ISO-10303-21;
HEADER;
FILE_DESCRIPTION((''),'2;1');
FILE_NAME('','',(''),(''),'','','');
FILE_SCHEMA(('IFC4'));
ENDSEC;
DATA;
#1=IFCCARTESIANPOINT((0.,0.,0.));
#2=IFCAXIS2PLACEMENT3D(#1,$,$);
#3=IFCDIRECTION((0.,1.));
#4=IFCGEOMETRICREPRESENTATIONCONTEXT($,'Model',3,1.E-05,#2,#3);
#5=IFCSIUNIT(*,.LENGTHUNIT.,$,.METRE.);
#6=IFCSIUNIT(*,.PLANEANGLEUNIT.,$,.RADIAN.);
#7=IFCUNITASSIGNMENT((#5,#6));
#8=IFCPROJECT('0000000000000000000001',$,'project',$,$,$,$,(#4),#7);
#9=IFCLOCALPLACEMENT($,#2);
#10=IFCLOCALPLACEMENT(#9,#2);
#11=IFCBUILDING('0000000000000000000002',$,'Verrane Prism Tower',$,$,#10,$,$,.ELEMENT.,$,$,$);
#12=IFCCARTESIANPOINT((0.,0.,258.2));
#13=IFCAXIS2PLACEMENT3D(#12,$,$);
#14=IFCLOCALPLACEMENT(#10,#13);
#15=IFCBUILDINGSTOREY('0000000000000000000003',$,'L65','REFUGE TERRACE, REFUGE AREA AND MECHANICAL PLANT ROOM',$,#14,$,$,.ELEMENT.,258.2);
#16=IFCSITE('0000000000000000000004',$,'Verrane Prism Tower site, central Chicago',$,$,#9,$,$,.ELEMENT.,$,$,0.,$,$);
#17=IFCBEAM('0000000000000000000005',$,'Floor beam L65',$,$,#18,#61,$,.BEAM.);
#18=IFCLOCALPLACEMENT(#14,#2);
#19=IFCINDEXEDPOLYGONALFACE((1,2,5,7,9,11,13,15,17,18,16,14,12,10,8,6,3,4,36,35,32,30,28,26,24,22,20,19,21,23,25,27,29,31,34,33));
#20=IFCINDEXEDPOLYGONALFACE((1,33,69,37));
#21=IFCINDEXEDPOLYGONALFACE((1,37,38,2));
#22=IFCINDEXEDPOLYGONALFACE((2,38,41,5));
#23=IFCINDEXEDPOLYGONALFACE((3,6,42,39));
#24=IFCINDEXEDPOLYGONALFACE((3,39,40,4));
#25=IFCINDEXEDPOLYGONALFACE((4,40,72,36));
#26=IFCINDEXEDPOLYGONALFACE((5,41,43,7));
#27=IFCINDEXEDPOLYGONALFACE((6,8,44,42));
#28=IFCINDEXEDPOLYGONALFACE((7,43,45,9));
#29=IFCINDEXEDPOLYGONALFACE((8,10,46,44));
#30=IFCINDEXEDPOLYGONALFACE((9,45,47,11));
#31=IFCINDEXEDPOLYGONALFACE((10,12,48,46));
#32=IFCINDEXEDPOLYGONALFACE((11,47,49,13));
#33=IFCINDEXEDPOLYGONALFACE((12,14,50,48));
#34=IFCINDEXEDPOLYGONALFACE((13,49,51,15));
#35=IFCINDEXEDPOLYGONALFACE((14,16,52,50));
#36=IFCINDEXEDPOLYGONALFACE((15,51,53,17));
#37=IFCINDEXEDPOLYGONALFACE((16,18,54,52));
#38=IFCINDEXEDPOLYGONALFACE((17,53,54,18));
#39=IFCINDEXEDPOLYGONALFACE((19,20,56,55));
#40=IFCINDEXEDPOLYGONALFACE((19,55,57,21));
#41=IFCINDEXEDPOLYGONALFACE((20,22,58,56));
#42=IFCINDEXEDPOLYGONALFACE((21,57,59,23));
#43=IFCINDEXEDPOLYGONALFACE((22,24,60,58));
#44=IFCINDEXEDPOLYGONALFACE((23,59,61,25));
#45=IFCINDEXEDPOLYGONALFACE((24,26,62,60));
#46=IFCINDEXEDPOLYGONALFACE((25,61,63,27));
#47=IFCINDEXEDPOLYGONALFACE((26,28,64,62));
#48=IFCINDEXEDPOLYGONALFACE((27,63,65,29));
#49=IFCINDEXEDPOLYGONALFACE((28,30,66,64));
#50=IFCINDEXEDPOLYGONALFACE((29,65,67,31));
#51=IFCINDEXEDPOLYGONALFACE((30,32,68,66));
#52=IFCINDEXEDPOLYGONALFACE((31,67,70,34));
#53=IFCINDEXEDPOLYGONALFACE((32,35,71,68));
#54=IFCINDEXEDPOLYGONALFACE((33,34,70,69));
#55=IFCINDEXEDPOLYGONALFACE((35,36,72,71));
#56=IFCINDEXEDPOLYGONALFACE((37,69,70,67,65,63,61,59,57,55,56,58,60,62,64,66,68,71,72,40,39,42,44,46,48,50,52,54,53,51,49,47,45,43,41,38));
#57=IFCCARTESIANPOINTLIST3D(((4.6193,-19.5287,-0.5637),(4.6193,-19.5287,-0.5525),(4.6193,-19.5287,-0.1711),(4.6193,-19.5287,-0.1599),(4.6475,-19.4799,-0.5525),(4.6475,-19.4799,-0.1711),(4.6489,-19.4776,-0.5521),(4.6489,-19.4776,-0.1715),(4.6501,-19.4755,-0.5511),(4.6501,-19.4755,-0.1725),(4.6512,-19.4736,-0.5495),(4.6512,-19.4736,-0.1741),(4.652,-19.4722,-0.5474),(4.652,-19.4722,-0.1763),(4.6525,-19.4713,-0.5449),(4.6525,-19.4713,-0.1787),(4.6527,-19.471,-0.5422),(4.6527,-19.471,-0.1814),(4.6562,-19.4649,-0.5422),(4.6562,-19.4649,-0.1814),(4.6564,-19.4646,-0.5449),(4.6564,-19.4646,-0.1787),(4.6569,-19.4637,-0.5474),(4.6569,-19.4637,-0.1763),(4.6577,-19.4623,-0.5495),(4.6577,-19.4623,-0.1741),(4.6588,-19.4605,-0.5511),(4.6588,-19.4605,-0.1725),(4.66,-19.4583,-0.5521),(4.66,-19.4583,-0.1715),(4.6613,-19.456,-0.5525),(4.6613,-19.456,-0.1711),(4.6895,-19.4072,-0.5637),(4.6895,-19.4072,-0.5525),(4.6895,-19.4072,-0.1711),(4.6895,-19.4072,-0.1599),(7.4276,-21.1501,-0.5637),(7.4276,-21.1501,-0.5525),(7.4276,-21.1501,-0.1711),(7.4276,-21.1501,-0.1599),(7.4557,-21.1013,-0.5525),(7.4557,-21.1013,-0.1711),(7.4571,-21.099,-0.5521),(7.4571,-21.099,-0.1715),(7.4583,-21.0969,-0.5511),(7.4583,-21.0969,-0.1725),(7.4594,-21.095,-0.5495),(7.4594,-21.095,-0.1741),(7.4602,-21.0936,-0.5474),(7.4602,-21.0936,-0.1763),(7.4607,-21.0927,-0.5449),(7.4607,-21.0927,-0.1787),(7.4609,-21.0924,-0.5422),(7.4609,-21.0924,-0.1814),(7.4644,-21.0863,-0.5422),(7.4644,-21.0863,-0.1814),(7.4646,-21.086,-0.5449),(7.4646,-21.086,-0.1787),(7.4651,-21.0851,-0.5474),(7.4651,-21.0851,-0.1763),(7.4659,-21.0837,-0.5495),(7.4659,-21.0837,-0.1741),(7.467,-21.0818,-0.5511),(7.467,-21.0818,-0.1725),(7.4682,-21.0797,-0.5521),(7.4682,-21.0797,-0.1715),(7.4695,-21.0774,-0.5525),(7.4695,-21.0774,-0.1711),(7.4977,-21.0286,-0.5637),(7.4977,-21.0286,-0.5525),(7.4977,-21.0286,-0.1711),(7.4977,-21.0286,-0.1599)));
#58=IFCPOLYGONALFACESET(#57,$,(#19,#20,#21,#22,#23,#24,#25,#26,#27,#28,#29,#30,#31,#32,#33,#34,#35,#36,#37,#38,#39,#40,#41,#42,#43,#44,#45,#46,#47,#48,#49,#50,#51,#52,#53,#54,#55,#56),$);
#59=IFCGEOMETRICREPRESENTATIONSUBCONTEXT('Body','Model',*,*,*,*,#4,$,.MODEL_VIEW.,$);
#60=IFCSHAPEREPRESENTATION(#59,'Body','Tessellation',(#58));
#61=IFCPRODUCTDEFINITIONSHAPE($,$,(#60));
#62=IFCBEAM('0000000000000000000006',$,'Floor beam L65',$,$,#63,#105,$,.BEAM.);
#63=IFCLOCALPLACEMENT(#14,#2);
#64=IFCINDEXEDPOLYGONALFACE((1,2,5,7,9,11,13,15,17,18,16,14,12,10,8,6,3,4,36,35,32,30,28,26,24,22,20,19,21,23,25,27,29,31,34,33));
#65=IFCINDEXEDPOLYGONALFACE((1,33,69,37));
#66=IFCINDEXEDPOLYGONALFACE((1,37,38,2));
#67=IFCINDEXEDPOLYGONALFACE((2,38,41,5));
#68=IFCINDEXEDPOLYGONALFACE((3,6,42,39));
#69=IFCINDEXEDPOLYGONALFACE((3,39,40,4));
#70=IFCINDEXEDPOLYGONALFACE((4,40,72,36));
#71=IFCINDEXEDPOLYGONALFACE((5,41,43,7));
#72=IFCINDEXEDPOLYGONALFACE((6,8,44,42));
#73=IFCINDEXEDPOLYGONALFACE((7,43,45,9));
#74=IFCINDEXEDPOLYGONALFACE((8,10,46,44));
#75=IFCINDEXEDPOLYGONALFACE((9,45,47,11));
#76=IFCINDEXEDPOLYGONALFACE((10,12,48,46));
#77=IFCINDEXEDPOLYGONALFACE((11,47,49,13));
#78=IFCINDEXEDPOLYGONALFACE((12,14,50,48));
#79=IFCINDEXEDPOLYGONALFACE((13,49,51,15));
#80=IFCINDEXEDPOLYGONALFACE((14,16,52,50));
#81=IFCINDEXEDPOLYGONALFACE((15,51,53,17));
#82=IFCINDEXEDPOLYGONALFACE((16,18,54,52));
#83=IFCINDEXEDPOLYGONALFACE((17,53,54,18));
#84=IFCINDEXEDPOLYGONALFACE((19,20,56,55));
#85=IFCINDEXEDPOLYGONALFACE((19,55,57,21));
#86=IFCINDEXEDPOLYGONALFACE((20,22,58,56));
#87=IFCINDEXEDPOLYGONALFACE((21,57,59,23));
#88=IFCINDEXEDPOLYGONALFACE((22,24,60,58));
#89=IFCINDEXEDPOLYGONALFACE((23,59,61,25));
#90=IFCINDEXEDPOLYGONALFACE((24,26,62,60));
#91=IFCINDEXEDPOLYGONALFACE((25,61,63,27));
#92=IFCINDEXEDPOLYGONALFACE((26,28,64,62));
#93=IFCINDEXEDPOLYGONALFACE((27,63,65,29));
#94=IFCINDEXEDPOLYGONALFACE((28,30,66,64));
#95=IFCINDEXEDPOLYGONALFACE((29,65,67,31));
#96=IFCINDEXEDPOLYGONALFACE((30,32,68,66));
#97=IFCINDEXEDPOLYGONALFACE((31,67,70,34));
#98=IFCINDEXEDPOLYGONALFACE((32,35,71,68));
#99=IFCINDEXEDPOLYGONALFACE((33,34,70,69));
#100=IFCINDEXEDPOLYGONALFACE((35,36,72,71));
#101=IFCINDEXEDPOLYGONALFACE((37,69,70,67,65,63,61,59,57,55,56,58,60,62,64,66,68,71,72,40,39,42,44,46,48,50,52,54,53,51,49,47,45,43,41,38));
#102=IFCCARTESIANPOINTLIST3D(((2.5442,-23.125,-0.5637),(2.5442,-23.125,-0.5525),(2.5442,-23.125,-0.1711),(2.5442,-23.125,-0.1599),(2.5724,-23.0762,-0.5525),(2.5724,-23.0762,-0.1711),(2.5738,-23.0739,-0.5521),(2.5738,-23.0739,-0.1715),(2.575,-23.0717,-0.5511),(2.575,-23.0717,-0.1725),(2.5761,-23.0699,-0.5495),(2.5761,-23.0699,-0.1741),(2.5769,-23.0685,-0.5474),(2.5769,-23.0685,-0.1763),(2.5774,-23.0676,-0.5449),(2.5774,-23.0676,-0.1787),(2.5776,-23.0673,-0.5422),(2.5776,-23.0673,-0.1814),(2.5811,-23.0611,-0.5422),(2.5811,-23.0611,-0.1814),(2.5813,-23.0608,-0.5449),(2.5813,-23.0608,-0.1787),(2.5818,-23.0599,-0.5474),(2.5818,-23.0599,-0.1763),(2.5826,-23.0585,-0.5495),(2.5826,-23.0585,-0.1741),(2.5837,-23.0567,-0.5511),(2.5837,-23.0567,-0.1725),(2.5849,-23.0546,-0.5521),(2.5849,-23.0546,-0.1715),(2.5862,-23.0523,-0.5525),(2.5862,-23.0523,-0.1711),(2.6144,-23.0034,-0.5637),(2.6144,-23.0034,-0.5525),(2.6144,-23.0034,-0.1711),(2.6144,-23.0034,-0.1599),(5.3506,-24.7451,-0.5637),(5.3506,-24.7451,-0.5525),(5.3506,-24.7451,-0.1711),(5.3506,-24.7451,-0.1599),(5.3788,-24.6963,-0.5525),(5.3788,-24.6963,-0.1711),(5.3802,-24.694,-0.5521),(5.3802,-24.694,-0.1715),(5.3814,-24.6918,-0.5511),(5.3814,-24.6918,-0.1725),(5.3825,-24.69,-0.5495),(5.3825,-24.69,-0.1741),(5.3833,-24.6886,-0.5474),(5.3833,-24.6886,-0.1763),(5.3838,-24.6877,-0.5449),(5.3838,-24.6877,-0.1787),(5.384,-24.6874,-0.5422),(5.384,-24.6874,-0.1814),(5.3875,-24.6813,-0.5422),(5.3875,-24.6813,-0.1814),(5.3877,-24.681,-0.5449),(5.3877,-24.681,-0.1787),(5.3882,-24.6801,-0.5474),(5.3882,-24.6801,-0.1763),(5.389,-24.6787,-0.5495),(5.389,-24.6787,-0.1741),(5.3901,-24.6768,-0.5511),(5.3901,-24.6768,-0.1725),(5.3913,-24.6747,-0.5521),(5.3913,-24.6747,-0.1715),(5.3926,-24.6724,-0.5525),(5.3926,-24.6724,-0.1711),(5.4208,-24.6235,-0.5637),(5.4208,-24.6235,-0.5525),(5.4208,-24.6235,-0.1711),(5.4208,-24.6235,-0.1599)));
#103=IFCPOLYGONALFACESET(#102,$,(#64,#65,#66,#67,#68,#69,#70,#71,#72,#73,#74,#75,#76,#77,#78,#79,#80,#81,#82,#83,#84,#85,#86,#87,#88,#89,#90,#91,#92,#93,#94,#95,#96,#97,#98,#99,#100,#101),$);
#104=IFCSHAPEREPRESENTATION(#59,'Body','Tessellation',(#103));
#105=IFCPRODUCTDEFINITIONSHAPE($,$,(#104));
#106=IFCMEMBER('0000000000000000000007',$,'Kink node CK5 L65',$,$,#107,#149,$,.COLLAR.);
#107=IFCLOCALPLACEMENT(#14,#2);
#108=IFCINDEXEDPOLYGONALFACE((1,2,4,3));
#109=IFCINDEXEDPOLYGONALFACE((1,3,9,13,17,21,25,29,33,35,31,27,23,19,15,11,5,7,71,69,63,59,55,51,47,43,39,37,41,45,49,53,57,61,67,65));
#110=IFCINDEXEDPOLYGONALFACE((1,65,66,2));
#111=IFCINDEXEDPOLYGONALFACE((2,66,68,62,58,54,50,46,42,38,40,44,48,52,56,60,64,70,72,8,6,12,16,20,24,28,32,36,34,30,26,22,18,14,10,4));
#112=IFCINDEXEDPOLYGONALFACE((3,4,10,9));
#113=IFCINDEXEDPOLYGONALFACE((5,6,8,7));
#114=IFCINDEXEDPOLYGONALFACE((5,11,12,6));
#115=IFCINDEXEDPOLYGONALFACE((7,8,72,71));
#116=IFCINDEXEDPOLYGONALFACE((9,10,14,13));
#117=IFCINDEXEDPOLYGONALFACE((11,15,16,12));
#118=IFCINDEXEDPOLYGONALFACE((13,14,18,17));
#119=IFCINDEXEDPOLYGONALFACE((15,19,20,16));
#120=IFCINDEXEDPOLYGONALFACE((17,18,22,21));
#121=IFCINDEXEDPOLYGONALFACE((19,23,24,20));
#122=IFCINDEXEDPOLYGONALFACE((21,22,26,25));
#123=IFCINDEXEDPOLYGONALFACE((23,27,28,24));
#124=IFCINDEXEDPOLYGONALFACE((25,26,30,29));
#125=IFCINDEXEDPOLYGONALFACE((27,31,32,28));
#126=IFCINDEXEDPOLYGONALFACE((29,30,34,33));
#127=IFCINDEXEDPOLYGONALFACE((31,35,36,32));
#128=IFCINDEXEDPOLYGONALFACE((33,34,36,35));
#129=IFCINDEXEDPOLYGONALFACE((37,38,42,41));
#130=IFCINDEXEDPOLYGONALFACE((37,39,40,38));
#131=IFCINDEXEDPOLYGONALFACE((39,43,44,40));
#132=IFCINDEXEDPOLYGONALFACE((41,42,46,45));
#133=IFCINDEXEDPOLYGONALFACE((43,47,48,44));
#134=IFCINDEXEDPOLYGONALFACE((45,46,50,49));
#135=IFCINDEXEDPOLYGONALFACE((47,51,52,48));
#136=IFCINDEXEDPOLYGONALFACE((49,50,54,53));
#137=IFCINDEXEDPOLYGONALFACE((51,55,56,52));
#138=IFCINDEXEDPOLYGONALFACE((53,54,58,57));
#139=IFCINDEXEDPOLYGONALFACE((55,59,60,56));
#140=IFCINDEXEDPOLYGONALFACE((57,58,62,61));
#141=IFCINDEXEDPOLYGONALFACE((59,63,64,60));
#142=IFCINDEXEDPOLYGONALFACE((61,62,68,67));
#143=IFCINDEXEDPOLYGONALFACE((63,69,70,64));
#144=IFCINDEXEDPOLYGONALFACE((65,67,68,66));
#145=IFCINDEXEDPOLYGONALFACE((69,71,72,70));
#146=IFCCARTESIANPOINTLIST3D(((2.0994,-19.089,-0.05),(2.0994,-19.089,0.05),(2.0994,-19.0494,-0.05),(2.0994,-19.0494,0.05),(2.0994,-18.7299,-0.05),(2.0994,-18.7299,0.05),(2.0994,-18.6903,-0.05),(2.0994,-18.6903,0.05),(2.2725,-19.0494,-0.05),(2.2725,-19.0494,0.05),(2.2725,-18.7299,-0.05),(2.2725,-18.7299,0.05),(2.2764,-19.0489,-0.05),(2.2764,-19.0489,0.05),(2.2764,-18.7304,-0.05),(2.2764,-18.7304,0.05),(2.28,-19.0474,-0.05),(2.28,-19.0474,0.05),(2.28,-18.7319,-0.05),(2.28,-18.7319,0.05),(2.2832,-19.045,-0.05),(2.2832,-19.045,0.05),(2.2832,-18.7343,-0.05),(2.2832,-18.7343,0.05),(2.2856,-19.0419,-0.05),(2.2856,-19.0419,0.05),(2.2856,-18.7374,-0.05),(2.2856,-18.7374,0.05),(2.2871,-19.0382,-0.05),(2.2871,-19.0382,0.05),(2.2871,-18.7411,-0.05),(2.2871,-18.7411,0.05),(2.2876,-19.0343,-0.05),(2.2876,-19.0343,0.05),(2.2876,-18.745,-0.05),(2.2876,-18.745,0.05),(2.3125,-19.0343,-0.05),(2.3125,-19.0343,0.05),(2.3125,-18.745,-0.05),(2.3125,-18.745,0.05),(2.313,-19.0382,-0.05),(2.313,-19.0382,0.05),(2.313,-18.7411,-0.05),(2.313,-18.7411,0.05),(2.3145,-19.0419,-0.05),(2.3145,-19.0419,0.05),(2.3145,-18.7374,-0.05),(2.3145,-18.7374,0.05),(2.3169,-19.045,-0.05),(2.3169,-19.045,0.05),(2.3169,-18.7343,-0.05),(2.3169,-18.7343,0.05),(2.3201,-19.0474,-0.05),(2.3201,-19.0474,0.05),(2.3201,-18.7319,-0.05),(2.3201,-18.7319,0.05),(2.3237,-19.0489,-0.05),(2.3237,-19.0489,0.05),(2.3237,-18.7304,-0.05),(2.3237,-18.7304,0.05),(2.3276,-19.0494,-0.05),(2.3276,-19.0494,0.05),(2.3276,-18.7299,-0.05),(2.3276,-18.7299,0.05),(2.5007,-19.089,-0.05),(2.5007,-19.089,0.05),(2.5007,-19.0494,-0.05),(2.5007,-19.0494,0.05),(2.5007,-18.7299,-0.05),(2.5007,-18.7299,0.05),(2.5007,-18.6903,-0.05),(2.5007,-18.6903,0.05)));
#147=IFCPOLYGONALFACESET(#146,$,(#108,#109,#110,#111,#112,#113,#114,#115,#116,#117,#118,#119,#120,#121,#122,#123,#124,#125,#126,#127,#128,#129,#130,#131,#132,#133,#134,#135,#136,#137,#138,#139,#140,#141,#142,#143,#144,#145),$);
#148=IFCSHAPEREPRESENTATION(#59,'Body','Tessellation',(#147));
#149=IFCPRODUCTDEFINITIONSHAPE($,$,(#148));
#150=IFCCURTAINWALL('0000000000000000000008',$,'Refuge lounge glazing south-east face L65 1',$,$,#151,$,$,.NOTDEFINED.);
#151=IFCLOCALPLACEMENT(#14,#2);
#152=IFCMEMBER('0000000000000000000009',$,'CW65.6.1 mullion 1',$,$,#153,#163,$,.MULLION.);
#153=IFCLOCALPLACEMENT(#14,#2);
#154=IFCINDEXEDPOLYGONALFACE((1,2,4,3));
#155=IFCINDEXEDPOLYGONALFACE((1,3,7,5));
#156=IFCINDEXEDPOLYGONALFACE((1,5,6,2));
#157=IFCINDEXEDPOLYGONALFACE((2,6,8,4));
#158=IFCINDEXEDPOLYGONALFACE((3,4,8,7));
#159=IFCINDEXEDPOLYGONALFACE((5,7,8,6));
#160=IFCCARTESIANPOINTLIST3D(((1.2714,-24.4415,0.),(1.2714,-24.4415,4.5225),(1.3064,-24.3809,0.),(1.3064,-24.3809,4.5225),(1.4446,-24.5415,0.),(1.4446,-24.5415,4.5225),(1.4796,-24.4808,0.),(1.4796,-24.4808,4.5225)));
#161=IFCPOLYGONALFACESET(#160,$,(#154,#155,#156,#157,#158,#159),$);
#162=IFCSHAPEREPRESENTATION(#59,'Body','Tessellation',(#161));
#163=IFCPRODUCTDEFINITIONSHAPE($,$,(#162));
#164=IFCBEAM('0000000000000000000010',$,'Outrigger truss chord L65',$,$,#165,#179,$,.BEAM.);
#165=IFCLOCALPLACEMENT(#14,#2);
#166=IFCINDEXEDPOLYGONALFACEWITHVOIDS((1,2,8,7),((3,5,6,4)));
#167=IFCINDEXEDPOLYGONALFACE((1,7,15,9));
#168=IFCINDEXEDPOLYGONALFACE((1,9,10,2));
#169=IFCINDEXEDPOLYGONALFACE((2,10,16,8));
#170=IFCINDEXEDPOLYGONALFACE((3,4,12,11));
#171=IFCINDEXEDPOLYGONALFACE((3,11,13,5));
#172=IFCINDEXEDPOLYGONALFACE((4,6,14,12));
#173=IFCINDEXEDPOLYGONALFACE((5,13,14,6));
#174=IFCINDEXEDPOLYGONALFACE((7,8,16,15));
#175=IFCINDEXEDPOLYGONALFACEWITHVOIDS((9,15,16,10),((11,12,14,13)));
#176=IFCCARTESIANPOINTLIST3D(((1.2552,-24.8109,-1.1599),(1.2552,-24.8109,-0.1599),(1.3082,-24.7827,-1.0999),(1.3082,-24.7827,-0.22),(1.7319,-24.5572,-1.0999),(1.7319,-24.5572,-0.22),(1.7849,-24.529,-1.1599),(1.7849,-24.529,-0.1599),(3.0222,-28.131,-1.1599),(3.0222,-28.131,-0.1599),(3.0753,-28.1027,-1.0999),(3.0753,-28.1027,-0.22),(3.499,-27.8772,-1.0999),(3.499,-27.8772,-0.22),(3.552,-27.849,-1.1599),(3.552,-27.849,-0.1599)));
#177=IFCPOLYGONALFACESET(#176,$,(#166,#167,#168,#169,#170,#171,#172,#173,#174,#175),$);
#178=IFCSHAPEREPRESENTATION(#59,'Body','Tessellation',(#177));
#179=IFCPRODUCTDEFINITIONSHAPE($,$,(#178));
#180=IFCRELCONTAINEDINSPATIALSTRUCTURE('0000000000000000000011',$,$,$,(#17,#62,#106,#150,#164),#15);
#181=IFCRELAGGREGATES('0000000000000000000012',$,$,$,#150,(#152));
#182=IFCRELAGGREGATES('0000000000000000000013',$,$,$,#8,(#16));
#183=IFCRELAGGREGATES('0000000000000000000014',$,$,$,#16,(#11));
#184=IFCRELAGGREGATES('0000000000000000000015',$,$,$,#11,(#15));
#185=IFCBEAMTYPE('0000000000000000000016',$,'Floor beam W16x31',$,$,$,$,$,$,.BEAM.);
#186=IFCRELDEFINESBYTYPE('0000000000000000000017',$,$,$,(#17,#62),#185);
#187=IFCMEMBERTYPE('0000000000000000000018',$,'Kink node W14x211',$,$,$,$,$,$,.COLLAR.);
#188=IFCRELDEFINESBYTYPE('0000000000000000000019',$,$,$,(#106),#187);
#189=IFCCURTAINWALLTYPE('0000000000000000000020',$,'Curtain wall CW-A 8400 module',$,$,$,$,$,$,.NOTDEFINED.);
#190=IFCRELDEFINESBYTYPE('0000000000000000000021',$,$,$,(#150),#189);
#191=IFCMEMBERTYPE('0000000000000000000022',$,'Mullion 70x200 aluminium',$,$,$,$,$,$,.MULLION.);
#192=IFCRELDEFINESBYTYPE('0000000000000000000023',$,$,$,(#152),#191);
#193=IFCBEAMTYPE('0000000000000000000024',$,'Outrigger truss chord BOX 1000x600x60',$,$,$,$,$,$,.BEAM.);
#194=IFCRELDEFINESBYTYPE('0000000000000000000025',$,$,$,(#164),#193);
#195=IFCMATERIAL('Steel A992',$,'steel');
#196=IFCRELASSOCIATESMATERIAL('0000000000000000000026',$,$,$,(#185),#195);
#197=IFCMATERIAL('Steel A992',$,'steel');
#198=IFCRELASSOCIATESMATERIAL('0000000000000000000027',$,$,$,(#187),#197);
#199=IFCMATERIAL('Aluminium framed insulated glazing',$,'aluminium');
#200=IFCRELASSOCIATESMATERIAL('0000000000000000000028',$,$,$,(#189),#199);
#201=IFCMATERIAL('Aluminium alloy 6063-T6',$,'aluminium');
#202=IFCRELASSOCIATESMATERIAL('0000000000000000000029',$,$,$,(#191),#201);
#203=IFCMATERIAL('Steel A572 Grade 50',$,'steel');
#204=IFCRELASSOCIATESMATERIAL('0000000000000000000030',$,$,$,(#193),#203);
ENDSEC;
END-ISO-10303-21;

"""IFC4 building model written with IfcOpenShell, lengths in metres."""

from ifc_helpers import new_model, si_unit, direction, frame, origin, origin_2d, place, context, subcontext, project, spatial, rectangle, hollow_rectangle, i_section, extrude, material, material_profile, profile_set, type_object, element, aggregate, save


model = new_model("IFC4")

# Units and contexts
model_context = context("Model", 3, precision=1e-05, world=origin(), true_north=direction((0.0, 1.0)))
body_context = subcontext(model_context, "Body", "Model", "MODEL_VIEW")
ifc_project = project(units=[si_unit("LENGTHUNIT", "METRE"), si_unit("PLANEANGLEUNIT", "RADIAN")], contexts=[model_context])

# Site, building, storey
site_placement = place(None, origin())
site = spatial("IfcSite", under=ifc_project, at=site_placement, Name="Verrane Prism Tower site, central Chicago", CompositionType="ELEMENT", RefElevation=0.0)
building_placement = place(site_placement, origin())
building = spatial("IfcBuilding", under=site, at=building_placement, Name="Verrane Prism Tower", CompositionType="ELEMENT")
storey_placement = place(building_placement, frame((0.0, 0.0, 258.2)))
storey = spatial("IfcBuildingStorey", under=building, at=storey_placement, Name="L65", Description="REFUGE TERRACE, REFUGE AREA AND MECHANICAL PLANT ROOM", CompositionType="ELEMENT", Elevation=258.2)

# Beams
ifc_material_1 = material(Name="Steel A992", Category="steel")
ifc_material_profile_1 = material_profile(ifc_material_1, i_section(OverallWidth=0.1404, OverallDepth=0.4038, WebThickness=0.0071, FlangeThickness=0.0112, FilletRadius=0.0103, at=origin_2d()), Name="W16x31")
ifc_profile_set_1 = profile_set([ifc_material_profile_1], Name="Steel A992")
beam_type_1 = type_object("IfcBeamType", Name="Floor beam W16x31", PredefinedType="BEAM", material=ifc_profile_set_1)
beam_1_placement = place(storey_placement, frame((7.4626, -21.0894, -0.3618), z_axis=(-0.866015, 0.500018, 0.0), x_axis=(-0.500018, -0.866015, 0.0)))
element("IfcBeam", 1, at=beam_1_placement, inside=storey, type_object=beam_type_1, Name="Floor beam L65", PredefinedType="BEAM", context=body_context, shape_type="SweptSolid", body=[
    extrude(i_section(OverallWidth=0.1404, OverallDepth=0.4038, WebThickness=0.0071, FlangeThickness=0.0112, FilletRadius=0.0103, at=origin_2d()), origin(), (0.0, 0.0, 1.0), 3.2427),
])
beam_2_placement = place(storey_placement, frame((5.3857, -24.6843, -0.3618), z_axis=(-0.866046, 0.499964, 0.0), x_axis=(-0.499964, -0.866046, 0.0)))
element("IfcBeam", 2, at=beam_2_placement, inside=storey, type_object=beam_type_1, Name="Floor beam L65", PredefinedType="BEAM", context=body_context, shape_type="SweptSolid", body=[
    extrude(i_section(OverallWidth=0.1404, OverallDepth=0.4038, WebThickness=0.0071, FlangeThickness=0.0112, FilletRadius=0.0103, at=origin_2d()), origin(), (0.0, 0.0, 1.0), 3.2405),
])

# Member
ifc_material_2 = material(Name="Steel A992", Category="steel")
ifc_material_profile_2 = material_profile(ifc_material_2, i_section(OverallWidth=0.4014, OverallDepth=0.3987, WebThickness=0.0249, FlangeThickness=0.0396, FilletRadius=0.0151, at=origin_2d()), Name="W14x211")
ifc_profile_set_2 = profile_set([ifc_material_profile_2], Name="Steel A992")
member_type_1 = type_object("IfcMemberType", Name="Kink node W14x211", PredefinedType="COLLAR", material=ifc_profile_set_2)
member_1_placement = place(storey_placement, frame((2.3, -18.8896, -0.05), z_axis=(0.0, 0.0, 1.0), x_axis=(-1.0, 0.0, 0.0)))
element("IfcMember", 3, at=member_1_placement, inside=storey, type_object=member_type_1, Name="Kink node CK5 L65", PredefinedType="COLLAR", context=body_context, shape_type="SweptSolid", body=[
    extrude(i_section(OverallWidth=0.4014, OverallDepth=0.3987, WebThickness=0.0249, FlangeThickness=0.0396, FilletRadius=0.0151, at=origin_2d()), origin(), (0.0, 0.0, 1.0), 0.1001),
])

# Curtain wall, member
ifc_material_3 = material(Name="Aluminium framed insulated glazing", Category="aluminium")
curtain_wall_type = type_object("IfcCurtainWallType", Name="Curtain wall CW-A 8400 module", PredefinedType="NOTDEFINED", material=ifc_material_3)
curtain_wall_placement = place(storey_placement, origin())
curtain_wall = element("IfcCurtainWall", 4, at=curtain_wall_placement, inside=storey, type_object=curtain_wall_type, Name="Refuge lounge glazing south-east face L65 1", PredefinedType="NOTDEFINED")
ifc_material_4 = material(Name="Aluminium alloy 6063-T6", Category="aluminium")
ifc_material_profile_3 = material_profile(ifc_material_4, rectangle(XDim=0.2, YDim=0.0701, at=origin_2d()), Name="Mullion 70x200 aluminium")
ifc_profile_set_3 = profile_set([ifc_material_profile_3], Name="Aluminium alloy 6063-T6")
member_type_2 = type_object("IfcMemberType", Name="Mullion 70x200 aluminium", PredefinedType="MULLION", material=ifc_profile_set_3)
member_2_placement = place(storey_placement, frame((1.3755, -24.4612, 0.0), z_axis=(0.0, 0.0, 1.0), x_axis=(-0.866027, 0.499998, 0.0)))
member_2 = element("IfcMember", 5, at=member_2_placement, type_object=member_type_2, Name="CW65.6.1 mullion 1", PredefinedType="MULLION", context=body_context, shape_type="SweptSolid", body=[
    extrude(rectangle(XDim=0.2, YDim=0.0701, at=origin_2d()), origin(), (0.0, 0.0, 1.0), 4.5225),
])

# Beam
ifc_material_5 = material(Name="Steel A572 Grade 50", Category="steel")
ifc_material_profile_4 = material_profile(ifc_material_5, hollow_rectangle(XDim=0.6001, YDim=1.0, WallThickness=0.0601, at=origin_2d()), Name="BOX 1000x600x60")
ifc_profile_set_4 = profile_set([ifc_material_profile_4], Name="Steel A572 Grade 50")
beam_type_2 = type_object("IfcBeamType", Name="Outrigger truss chord BOX 1000x600x60", PredefinedType="BEAM", material=ifc_profile_set_4)
beam_3_placement = place(storey_placement, frame((3.2871, -27.99, -0.6599), z_axis=(-0.46984, 0.882752, 0.0), x_axis=(-0.882752, -0.46984, 0.0)))
element("IfcBeam", 6, at=beam_3_placement, inside=storey, type_object=beam_type_2, Name="Outrigger truss chord L65", PredefinedType="BEAM", context=body_context, shape_type="SweptSolid", body=[
    extrude(hollow_rectangle(XDim=0.6001, YDim=1.0, WallThickness=0.0601, at=origin_2d()), origin(), (0.0, 0.0, 1.0), 3.761),
])

aggregate(curtain_wall, [member_2])

save(model, "model.ifc")
